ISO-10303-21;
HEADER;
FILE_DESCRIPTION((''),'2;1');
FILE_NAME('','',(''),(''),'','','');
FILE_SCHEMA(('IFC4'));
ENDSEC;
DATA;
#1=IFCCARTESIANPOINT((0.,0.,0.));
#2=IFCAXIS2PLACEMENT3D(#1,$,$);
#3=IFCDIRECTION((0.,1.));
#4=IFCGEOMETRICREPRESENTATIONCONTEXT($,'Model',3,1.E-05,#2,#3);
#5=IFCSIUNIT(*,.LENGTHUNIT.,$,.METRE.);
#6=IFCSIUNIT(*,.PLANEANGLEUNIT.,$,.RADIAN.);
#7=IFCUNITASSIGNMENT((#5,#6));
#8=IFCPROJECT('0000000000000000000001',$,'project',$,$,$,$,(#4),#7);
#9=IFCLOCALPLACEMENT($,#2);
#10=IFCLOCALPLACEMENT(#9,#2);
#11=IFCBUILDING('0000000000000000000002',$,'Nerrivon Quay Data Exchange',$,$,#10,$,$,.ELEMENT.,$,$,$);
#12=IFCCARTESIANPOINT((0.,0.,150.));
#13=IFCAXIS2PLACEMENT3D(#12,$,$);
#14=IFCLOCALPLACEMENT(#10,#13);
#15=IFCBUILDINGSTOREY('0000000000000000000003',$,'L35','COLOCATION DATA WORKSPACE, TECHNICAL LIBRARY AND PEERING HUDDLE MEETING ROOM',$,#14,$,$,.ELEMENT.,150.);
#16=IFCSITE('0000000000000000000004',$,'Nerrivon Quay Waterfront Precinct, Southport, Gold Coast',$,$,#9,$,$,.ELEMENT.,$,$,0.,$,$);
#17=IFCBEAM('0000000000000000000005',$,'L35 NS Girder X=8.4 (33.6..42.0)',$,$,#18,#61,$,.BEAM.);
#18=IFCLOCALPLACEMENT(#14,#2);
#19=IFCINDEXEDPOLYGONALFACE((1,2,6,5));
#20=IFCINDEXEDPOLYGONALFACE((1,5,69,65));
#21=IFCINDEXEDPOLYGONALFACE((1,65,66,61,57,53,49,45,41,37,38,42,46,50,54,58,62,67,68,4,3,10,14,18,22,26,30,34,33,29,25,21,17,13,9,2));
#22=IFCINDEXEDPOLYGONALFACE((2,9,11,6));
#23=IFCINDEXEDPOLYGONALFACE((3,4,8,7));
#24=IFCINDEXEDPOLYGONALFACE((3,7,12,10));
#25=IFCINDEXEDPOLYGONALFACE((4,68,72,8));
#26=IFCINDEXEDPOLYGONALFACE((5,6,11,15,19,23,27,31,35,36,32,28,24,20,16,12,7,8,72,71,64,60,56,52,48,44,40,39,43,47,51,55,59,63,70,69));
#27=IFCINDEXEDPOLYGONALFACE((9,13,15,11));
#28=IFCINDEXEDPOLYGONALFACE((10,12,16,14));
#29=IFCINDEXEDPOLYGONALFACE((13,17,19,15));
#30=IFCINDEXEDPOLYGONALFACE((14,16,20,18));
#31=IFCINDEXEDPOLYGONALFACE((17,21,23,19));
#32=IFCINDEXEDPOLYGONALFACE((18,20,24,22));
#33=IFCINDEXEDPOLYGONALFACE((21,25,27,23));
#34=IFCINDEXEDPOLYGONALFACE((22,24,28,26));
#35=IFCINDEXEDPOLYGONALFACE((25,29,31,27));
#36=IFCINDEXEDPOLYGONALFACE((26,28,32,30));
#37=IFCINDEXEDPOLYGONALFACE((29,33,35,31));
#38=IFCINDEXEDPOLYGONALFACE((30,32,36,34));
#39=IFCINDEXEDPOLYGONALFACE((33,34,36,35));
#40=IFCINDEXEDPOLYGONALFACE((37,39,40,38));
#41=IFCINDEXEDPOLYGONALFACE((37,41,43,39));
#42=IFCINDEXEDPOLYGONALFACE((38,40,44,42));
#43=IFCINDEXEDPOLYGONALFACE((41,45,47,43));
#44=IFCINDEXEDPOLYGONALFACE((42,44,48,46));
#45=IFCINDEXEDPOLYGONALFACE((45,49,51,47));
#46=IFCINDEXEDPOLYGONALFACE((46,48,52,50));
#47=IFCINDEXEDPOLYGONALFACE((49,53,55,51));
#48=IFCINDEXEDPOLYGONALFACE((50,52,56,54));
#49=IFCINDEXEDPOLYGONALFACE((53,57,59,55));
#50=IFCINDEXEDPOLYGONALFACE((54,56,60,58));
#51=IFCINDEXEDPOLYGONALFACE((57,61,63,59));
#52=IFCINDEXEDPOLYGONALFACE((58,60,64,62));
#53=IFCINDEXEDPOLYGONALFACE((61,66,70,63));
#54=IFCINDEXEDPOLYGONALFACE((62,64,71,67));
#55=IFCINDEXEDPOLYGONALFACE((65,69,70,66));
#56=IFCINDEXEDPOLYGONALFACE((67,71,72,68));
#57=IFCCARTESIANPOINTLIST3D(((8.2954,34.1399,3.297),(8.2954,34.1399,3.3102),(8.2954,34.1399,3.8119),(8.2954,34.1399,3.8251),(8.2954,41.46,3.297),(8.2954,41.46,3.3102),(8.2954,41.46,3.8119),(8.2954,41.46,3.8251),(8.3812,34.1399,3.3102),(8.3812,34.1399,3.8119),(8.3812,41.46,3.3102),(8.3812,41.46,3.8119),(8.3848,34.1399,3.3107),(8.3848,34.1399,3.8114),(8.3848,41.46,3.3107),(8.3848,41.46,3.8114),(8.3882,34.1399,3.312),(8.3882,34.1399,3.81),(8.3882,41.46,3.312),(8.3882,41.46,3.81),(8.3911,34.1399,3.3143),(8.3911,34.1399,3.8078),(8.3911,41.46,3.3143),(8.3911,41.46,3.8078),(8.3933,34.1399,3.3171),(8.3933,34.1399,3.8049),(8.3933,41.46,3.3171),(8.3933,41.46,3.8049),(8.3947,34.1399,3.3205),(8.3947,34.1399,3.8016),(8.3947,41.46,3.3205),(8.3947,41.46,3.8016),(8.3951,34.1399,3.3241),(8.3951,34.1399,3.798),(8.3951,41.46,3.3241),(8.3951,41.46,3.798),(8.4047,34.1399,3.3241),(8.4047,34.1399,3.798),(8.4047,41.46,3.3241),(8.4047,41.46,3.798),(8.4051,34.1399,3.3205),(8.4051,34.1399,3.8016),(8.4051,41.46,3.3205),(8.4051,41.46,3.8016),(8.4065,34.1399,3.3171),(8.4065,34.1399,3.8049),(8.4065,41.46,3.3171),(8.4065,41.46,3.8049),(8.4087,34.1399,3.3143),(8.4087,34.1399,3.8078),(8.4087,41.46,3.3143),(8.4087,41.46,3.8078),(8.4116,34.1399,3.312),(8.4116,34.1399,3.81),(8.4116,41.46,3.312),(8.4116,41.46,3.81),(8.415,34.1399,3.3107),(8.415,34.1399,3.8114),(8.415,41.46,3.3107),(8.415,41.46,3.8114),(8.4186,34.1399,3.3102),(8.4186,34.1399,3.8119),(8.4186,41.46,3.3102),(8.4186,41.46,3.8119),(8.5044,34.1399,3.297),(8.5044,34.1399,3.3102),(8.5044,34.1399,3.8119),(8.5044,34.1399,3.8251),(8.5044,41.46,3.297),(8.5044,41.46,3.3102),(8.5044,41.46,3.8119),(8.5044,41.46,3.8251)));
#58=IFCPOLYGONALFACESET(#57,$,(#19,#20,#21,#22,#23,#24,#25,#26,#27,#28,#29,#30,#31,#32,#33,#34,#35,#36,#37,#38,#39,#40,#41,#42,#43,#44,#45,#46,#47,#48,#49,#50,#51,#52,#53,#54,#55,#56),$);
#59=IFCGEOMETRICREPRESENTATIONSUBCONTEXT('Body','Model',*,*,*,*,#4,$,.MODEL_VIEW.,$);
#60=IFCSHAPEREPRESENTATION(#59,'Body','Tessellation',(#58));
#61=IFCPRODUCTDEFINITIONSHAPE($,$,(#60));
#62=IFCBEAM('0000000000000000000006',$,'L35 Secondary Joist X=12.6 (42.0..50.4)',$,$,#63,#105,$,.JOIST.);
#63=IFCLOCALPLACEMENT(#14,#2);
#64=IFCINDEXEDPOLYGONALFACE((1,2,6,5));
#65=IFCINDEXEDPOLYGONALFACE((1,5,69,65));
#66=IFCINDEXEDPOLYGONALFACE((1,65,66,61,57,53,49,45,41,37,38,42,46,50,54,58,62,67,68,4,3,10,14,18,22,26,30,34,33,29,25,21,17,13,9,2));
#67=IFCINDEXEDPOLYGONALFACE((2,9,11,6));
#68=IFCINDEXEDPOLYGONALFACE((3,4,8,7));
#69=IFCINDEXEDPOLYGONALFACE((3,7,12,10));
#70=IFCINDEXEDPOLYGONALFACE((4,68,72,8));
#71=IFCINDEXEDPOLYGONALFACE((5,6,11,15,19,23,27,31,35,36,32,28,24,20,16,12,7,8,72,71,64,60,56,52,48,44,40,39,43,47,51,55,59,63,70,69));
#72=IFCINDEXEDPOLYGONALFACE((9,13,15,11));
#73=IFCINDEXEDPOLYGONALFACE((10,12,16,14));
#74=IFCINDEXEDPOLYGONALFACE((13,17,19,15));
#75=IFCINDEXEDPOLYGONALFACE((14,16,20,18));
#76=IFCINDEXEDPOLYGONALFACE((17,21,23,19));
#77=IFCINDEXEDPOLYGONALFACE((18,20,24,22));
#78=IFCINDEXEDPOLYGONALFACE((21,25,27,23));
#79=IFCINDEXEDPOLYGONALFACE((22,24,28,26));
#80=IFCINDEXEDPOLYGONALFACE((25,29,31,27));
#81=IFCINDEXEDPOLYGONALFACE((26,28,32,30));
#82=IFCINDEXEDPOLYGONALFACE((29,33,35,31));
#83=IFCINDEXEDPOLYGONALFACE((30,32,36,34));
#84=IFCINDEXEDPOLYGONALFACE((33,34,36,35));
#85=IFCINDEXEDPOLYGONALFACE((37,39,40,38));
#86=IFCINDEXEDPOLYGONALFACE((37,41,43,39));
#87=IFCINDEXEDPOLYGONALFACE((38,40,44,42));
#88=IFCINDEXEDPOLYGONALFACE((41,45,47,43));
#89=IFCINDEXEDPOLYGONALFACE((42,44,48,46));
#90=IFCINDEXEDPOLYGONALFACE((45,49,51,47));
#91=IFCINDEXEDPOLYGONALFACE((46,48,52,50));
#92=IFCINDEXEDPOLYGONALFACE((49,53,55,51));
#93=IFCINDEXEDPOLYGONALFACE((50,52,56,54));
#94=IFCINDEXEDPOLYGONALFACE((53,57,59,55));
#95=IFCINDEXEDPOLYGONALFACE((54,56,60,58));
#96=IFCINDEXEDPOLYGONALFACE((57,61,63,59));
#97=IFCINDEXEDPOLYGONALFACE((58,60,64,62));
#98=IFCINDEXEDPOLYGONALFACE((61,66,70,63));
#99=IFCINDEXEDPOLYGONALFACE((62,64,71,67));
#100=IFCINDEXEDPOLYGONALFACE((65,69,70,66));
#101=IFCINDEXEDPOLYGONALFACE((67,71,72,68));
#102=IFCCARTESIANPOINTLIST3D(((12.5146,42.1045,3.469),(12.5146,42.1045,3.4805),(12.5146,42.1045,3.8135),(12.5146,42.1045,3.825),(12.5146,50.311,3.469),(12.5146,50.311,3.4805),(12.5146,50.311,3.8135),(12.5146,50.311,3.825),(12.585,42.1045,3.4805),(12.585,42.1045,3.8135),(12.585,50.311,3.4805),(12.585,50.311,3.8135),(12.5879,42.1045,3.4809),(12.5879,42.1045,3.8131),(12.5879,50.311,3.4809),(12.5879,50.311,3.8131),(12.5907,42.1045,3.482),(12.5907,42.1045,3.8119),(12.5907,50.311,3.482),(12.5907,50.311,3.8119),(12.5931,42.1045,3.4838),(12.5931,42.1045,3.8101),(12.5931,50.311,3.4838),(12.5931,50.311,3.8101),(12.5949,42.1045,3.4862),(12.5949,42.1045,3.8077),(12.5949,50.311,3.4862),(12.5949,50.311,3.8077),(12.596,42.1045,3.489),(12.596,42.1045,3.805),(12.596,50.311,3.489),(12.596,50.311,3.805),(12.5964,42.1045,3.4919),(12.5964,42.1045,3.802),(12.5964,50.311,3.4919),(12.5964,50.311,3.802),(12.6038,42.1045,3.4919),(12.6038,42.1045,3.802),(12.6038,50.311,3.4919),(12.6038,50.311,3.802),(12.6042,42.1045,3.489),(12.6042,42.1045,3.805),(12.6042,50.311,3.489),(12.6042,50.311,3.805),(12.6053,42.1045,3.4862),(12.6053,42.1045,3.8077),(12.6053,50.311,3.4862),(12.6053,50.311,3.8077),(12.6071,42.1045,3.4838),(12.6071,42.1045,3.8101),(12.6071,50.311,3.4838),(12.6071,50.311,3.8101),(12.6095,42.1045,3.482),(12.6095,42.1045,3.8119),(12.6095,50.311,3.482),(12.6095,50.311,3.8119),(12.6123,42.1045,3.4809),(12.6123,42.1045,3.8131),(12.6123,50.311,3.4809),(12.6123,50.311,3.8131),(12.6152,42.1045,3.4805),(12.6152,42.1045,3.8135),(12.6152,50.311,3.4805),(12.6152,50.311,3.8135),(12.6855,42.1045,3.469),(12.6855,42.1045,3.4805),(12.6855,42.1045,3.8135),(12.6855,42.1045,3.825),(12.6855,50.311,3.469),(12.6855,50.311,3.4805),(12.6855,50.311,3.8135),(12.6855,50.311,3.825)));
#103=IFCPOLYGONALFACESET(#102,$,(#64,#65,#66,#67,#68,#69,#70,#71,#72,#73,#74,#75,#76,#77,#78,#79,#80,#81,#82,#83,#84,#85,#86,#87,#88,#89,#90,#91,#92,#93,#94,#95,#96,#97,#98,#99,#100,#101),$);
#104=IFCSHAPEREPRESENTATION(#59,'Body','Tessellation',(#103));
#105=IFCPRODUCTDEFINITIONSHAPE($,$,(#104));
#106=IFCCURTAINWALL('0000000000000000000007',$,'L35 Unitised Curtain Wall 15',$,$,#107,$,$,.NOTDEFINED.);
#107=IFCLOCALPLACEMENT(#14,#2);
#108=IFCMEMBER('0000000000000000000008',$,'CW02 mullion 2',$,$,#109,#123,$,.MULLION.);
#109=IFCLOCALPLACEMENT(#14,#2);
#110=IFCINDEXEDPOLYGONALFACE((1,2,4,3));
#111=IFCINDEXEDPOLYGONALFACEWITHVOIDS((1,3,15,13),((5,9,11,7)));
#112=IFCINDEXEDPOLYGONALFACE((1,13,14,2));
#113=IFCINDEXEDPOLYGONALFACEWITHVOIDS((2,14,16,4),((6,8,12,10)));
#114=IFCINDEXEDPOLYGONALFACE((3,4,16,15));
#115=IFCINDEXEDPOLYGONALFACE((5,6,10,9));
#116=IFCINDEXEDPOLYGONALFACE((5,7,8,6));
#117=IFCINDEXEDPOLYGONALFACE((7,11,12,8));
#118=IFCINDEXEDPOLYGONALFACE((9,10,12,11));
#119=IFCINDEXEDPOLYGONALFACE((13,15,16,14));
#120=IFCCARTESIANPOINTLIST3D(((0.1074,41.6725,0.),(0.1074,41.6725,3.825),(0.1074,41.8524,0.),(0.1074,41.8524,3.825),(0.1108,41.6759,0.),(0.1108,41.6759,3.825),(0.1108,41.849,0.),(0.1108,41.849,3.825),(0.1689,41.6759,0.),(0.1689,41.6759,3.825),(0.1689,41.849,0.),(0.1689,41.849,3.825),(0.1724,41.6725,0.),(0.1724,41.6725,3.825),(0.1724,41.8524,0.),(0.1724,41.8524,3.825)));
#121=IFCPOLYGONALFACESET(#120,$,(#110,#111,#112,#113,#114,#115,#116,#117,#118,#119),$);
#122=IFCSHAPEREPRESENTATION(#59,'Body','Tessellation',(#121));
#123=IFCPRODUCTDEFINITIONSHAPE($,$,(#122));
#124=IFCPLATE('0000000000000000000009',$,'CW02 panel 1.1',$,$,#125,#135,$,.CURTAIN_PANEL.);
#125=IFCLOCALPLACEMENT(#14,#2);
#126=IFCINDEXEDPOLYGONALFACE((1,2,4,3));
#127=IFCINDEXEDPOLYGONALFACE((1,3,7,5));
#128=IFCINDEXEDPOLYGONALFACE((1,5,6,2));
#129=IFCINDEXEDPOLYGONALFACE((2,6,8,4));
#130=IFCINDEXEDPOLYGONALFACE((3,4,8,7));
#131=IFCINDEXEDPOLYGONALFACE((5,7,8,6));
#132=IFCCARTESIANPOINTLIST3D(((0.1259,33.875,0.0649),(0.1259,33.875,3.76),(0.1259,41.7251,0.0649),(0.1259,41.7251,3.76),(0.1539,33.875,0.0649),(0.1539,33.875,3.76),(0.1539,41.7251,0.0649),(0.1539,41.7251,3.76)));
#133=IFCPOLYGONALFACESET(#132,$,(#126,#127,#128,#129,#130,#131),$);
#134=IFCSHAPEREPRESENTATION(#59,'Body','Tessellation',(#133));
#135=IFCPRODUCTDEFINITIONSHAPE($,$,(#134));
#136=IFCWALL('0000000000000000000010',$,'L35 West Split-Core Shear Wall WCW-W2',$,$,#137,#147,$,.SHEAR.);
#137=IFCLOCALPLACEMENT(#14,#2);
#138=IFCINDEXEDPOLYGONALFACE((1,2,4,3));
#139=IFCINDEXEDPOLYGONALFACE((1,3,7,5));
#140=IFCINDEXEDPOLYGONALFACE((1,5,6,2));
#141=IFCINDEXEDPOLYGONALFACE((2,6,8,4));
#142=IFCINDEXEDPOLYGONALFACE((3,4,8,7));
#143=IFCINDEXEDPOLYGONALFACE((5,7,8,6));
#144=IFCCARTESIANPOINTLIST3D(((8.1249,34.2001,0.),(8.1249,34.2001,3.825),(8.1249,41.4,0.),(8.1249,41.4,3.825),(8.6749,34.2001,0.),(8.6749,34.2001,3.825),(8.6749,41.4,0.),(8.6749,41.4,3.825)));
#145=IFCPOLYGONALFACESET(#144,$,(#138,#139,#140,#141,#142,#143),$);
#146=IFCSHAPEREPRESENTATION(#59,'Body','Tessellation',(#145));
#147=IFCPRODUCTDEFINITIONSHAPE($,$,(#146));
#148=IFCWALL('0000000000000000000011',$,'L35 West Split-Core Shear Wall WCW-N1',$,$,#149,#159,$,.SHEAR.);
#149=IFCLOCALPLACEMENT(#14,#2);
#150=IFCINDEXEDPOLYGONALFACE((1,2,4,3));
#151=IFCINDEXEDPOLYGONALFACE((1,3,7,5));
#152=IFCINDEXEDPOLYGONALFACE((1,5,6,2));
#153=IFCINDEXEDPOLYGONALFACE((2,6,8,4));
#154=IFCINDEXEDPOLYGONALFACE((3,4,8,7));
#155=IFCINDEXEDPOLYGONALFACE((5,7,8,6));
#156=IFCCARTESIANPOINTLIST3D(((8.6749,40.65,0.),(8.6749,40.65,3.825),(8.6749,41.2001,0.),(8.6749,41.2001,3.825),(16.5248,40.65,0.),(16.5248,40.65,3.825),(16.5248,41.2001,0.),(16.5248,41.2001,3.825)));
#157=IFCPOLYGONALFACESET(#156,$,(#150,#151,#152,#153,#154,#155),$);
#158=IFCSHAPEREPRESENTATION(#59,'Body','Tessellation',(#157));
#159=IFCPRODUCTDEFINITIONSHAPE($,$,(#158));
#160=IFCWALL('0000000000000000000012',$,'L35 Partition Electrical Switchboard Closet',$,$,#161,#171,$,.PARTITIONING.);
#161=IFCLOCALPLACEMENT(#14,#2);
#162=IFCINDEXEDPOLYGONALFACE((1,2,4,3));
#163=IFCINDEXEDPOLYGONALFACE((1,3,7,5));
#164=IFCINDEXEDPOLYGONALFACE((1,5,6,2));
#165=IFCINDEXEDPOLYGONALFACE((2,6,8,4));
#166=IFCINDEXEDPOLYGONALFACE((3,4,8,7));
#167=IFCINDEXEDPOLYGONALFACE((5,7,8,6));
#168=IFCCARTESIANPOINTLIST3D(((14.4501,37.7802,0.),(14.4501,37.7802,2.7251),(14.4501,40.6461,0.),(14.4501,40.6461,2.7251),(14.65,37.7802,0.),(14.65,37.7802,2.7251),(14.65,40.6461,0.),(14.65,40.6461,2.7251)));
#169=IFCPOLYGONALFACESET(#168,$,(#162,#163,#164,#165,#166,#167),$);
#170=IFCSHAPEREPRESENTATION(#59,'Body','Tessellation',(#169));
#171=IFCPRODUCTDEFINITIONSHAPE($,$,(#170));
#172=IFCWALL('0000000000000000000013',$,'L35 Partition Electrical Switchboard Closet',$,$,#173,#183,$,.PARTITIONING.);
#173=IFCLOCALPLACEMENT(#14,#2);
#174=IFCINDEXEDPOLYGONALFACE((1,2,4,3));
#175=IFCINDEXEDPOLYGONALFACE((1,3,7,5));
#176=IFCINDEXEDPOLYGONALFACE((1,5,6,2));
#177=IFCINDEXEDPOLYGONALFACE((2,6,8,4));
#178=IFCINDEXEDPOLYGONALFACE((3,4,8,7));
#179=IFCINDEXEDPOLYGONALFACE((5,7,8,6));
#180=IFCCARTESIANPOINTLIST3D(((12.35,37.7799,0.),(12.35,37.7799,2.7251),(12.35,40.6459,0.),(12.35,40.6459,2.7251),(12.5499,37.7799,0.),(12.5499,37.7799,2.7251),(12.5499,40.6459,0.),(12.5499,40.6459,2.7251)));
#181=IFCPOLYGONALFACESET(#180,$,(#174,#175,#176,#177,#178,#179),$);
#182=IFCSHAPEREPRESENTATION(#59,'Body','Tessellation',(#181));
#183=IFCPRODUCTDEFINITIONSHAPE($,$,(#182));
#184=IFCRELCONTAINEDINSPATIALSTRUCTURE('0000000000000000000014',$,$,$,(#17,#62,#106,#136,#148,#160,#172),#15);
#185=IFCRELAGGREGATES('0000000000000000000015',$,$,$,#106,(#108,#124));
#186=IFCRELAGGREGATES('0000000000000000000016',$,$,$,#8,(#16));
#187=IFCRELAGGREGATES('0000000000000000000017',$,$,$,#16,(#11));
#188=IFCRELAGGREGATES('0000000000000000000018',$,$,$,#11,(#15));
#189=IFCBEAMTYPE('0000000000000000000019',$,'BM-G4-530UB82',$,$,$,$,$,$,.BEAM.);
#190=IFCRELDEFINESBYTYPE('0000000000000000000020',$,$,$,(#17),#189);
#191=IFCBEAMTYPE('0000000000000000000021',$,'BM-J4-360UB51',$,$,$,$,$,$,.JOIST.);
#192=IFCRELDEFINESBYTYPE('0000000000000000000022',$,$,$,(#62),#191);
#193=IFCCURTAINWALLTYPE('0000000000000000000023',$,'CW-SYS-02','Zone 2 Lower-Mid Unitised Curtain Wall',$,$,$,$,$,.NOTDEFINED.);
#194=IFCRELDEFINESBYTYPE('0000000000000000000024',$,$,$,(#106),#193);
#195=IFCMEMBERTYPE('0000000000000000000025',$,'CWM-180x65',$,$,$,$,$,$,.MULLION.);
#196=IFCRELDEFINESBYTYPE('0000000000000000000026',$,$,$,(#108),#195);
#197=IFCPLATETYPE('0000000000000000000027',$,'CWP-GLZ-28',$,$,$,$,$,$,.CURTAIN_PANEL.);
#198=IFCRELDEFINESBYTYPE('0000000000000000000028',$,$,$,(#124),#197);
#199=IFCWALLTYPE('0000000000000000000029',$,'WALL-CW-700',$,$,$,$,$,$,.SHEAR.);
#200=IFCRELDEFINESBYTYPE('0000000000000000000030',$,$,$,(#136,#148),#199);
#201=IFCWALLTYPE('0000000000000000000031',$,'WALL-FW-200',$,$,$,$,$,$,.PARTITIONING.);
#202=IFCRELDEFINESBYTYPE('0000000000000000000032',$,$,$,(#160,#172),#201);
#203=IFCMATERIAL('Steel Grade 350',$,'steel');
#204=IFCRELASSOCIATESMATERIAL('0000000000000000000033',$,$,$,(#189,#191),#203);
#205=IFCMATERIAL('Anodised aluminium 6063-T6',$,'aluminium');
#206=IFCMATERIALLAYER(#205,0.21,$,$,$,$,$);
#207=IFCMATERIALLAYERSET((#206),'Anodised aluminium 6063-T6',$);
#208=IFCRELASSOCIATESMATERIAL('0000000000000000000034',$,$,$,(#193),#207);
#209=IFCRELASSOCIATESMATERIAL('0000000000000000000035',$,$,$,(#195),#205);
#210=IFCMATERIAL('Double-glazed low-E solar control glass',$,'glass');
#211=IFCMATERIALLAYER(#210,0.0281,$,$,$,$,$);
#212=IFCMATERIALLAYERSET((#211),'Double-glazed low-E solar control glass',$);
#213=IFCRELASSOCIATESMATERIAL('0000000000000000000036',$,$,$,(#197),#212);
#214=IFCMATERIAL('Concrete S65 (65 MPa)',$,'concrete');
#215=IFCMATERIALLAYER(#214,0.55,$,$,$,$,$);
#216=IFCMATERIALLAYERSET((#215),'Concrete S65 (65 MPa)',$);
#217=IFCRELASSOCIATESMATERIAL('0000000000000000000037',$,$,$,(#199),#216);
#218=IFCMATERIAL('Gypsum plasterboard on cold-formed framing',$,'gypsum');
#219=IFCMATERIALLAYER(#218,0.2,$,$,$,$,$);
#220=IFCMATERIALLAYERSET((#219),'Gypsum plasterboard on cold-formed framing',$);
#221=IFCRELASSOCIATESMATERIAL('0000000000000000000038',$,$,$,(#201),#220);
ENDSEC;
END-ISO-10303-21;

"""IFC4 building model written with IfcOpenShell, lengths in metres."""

from ifc_helpers import new_model, si_unit, direction, frame, frame_2d, origin, origin_2d, place, context, subcontext, project, spatial, rectangle, hollow_rectangle, i_section, extrude, material, layer, layer_set, material_profile, profile_set, type_object, element, aggregate, save


model = new_model("IFC4")

# Units and contexts
model_context = context("Model", 3, precision=1e-05, world=origin(), true_north=direction((0.0, 1.0)))
body_context = subcontext(model_context, "Body", "Model", "MODEL_VIEW")
ifc_project = project(units=[si_unit("LENGTHUNIT", "METRE"), si_unit("PLANEANGLEUNIT", "RADIAN")], contexts=[model_context])

# Site, building, storey
site_placement = place(None, origin())
site = spatial("IfcSite", under=ifc_project, at=site_placement, Name="Nerrivon Quay Waterfront Precinct, Southport, Gold Coast", CompositionType="ELEMENT", RefElevation=0.0)
building_placement = place(site_placement, origin())
building = spatial("IfcBuilding", under=site, at=building_placement, Name="Nerrivon Quay Data Exchange", CompositionType="ELEMENT")
storey_placement = place(building_placement, frame((0.0, 0.0, 150.0)))
storey = spatial("IfcBuildingStorey", under=building, at=storey_placement, Name="L35", Description="COLOCATION DATA WORKSPACE, TECHNICAL LIBRARY AND PEERING HUDDLE MEETING ROOM", CompositionType="ELEMENT", Elevation=150.0)

# Shared definitions
ifc_material_1 = material(Name="Concrete S65 (65 MPa)", Category="concrete")
ifc_material_2 = material(Name="Steel Grade 350", Category="steel")

# Beams
ifc_material_profile_1 = material_profile(ifc_material_2, i_section(OverallWidth=0.209, OverallDepth=0.5281, WebThickness=0.0095, FlangeThickness=0.0132, FilletRadius=0.0139, at=origin_2d()), Name="530UB82.0")
ifc_profile_set_1 = profile_set([ifc_material_profile_1], Name="Steel Grade 350")
beam_type_1 = type_object("IfcBeamType", Name="BM-G4-530UB82", PredefinedType="BEAM", material=ifc_profile_set_1)
beam_1_placement = place(storey_placement, frame((8.3999, 34.1399, 3.561), z_axis=(0.0, 1.0, 0.0), x_axis=(-1.0, 0.0, 0.0)))
element("IfcBeam", 1, at=beam_1_placement, inside=storey, type_object=beam_type_1, Name="L35 NS Girder X=8.4 (33.6..42.0)", PredefinedType="BEAM", context=body_context, shape_type="SweptSolid", body=[
    extrude(i_section(OverallWidth=0.209, OverallDepth=0.5281, WebThickness=0.0095, FlangeThickness=0.0132, FilletRadius=0.0139, at=origin_2d()), origin(), (0.0, 0.0, 1.0), 7.3201),
])
ifc_material_profile_2 = material_profile(ifc_material_2, i_section(OverallWidth=0.1709, OverallDepth=0.356, WebThickness=0.0073, FlangeThickness=0.0115, FilletRadius=0.0115, at=origin_2d()), Name="360UB50.7")
ifc_profile_set_2 = profile_set([ifc_material_profile_2], Name="Steel Grade 350")
beam_type_2 = type_object("IfcBeamType", Name="BM-J4-360UB51", PredefinedType="JOIST", material=ifc_profile_set_2)
beam_2_placement = place(storey_placement, frame((12.6001, 42.1045, 3.647), z_axis=(0.0, 1.0, 0.0), x_axis=(-1.0, 0.0, 0.0)))
element("IfcBeam", 2, at=beam_2_placement, inside=storey, type_object=beam_type_2, Name="L35 Secondary Joist X=12.6 (42.0..50.4)", PredefinedType="JOIST", context=body_context, shape_type="SweptSolid", body=[
    extrude(i_section(OverallWidth=0.1709, OverallDepth=0.356, WebThickness=0.0073, FlangeThickness=0.0115, FilletRadius=0.0115, at=origin_2d()), origin(), (0.0, 0.0, 1.0), 8.2065),
])

# Curtain wall, member, plate
ifc_material_3 = material(Name="Anodised aluminium 6063-T6", Category="aluminium")
ifc_layer_1 = layer(ifc_material_3, 0.21)
ifc_layer_set_1 = layer_set([ifc_layer_1], Name="Anodised aluminium 6063-T6")
curtain_wall_type = type_object("IfcCurtainWallType", Name="CW-SYS-02", Description="Zone 2 Lower-Mid Unitised Curtain Wall", PredefinedType="NOTDEFINED", material=ifc_layer_set_1)
curtain_wall_placement = place(storey_placement, origin())
curtain_wall = element("IfcCurtainWall", 3, at=curtain_wall_placement, inside=storey, type_object=curtain_wall_type, Name="L35 Unitised Curtain Wall 15", PredefinedType="NOTDEFINED")
ifc_material_profile_3 = material_profile(ifc_material_3, hollow_rectangle(XDim=0.0649, YDim=0.1799, WallThickness=0.0034, at=origin_2d()), Name="ALU-MULL-180x65")
ifc_profile_set_3 = profile_set([ifc_material_profile_3], Name="Anodised aluminium 6063-T6")
member_type = type_object("IfcMemberType", Name="CWM-180x65", PredefinedType="MULLION", material=ifc_profile_set_3)
member_placement = place(storey_placement, frame((0.1399, 41.7625, 0.0), z_axis=(0.0, 0.0, 1.0), x_axis=(-1.0, 0.0, 0.0)))
member = element("IfcMember", 4, at=member_placement, type_object=member_type, Name="CW02 mullion 2", PredefinedType="MULLION", context=body_context, shape_type="SweptSolid", body=[
    extrude(hollow_rectangle(XDim=0.0649, YDim=0.1799, WallThickness=0.0034, at=origin_2d()), origin(), (0.0, 0.0, 1.0), 3.825),
])
ifc_material_4 = material(Name="Double-glazed low-E solar control glass", Category="glass")
ifc_layer_2 = layer(ifc_material_4, 0.0281)
ifc_layer_set_2 = layer_set([ifc_layer_2], Name="Double-glazed low-E solar control glass")
plate_type = type_object("IfcPlateType", Name="CWP-GLZ-28", PredefinedType="CURTAIN_PANEL", material=ifc_layer_set_2)
plate_placement = place(storey_placement, frame((0.1399, 37.8, 0.0649), z_axis=(0.0, 0.0, 1.0), x_axis=(0.0, 1.0, 0.0)))
plate = element("IfcPlate", 5, at=plate_placement, type_object=plate_type, Name="CW02 panel 1.1", PredefinedType="CURTAIN_PANEL", context=body_context, shape_type="SweptSolid", body=[
    extrude(rectangle(XDim=7.8501, YDim=0.0281, at=origin_2d()), origin(), (0.0, 0.0, 1.0), 3.6951),
])
aggregate(curtain_wall, [member, plate])

# Walls
ifc_layer_3 = layer(ifc_material_1, 0.55)
ifc_layer_set_3 = layer_set([ifc_layer_3], Name="Concrete S65 (65 MPa)")
wall_type_1 = type_object("IfcWallType", Name="WALL-CW-700", PredefinedType="SHEAR", material=ifc_layer_set_3)
wall_1_placement = place(storey_placement, frame((8.3999, 34.2, 0.0), z_axis=(0.0, 0.0, 1.0), x_axis=(0.0, 1.0, 0.0)))
element("IfcWall", 6, at=wall_1_placement, inside=storey, type_object=wall_type_1, Name="L35 West Split-Core Shear Wall WCW-W2", PredefinedType="SHEAR", context=body_context, shape_type="SweptSolid", body=[
    extrude(rectangle(XDim=7.2, YDim=0.55, at=frame_2d((3.6001, 0.0))), origin(), (0.0, 0.0, 1.0), 3.825),
])
wall_2_placement = place(storey_placement, frame((8.675, 40.925, 0.0), z_axis=(0.0, 0.0, 1.0), x_axis=(1.0, 0.0, 0.0)))
element("IfcWall", 7, at=wall_2_placement, inside=storey, type_object=wall_type_1, Name="L35 West Split-Core Shear Wall WCW-N1", PredefinedType="SHEAR", context=body_context, shape_type="SweptSolid", body=[
    extrude(rectangle(XDim=7.8499, YDim=0.55, at=frame_2d((3.9248, 0.0))), origin(), (0.0, 0.0, 1.0), 3.825),
])
ifc_material_5 = material(Name="Gypsum plasterboard on cold-formed framing", Category="gypsum")
ifc_layer_4 = layer(ifc_material_5, 0.2)
ifc_layer_set_4 = layer_set([ifc_layer_4], Name="Gypsum plasterboard on cold-formed framing")
wall_type_2 = type_object("IfcWallType", Name="WALL-FW-200", PredefinedType="PARTITIONING", material=ifc_layer_set_4)
for number, where, z_axis, x_axis, name in (
    (8, (14.55, 37.78, 0.0), (0.0, 0.0, 1.0), (0.0, 1.0, 0.0), "L35 Partition Electrical Switchboard Closet"),
    (9, (12.45, 40.646, 0.0), (0.0, 0.0, 1.0), (0.0, -1.0, 0.0), "L35 Partition Electrical Switchboard Closet"),
):
    element("IfcWall", number, at=place(storey_placement, frame(where, z_axis=z_axis, x_axis=x_axis)), inside=storey, type_object=wall_type_2, Name=name, PredefinedType="PARTITIONING", context=body_context, shape_type="SweptSolid", body=[
        extrude(rectangle(XDim=2.866, YDim=0.2, at=frame_2d((1.4331, 0.0))), origin(), (0.0, 0.0, 1.0), 2.7251),
    ])

save(model, "model.ifc")
